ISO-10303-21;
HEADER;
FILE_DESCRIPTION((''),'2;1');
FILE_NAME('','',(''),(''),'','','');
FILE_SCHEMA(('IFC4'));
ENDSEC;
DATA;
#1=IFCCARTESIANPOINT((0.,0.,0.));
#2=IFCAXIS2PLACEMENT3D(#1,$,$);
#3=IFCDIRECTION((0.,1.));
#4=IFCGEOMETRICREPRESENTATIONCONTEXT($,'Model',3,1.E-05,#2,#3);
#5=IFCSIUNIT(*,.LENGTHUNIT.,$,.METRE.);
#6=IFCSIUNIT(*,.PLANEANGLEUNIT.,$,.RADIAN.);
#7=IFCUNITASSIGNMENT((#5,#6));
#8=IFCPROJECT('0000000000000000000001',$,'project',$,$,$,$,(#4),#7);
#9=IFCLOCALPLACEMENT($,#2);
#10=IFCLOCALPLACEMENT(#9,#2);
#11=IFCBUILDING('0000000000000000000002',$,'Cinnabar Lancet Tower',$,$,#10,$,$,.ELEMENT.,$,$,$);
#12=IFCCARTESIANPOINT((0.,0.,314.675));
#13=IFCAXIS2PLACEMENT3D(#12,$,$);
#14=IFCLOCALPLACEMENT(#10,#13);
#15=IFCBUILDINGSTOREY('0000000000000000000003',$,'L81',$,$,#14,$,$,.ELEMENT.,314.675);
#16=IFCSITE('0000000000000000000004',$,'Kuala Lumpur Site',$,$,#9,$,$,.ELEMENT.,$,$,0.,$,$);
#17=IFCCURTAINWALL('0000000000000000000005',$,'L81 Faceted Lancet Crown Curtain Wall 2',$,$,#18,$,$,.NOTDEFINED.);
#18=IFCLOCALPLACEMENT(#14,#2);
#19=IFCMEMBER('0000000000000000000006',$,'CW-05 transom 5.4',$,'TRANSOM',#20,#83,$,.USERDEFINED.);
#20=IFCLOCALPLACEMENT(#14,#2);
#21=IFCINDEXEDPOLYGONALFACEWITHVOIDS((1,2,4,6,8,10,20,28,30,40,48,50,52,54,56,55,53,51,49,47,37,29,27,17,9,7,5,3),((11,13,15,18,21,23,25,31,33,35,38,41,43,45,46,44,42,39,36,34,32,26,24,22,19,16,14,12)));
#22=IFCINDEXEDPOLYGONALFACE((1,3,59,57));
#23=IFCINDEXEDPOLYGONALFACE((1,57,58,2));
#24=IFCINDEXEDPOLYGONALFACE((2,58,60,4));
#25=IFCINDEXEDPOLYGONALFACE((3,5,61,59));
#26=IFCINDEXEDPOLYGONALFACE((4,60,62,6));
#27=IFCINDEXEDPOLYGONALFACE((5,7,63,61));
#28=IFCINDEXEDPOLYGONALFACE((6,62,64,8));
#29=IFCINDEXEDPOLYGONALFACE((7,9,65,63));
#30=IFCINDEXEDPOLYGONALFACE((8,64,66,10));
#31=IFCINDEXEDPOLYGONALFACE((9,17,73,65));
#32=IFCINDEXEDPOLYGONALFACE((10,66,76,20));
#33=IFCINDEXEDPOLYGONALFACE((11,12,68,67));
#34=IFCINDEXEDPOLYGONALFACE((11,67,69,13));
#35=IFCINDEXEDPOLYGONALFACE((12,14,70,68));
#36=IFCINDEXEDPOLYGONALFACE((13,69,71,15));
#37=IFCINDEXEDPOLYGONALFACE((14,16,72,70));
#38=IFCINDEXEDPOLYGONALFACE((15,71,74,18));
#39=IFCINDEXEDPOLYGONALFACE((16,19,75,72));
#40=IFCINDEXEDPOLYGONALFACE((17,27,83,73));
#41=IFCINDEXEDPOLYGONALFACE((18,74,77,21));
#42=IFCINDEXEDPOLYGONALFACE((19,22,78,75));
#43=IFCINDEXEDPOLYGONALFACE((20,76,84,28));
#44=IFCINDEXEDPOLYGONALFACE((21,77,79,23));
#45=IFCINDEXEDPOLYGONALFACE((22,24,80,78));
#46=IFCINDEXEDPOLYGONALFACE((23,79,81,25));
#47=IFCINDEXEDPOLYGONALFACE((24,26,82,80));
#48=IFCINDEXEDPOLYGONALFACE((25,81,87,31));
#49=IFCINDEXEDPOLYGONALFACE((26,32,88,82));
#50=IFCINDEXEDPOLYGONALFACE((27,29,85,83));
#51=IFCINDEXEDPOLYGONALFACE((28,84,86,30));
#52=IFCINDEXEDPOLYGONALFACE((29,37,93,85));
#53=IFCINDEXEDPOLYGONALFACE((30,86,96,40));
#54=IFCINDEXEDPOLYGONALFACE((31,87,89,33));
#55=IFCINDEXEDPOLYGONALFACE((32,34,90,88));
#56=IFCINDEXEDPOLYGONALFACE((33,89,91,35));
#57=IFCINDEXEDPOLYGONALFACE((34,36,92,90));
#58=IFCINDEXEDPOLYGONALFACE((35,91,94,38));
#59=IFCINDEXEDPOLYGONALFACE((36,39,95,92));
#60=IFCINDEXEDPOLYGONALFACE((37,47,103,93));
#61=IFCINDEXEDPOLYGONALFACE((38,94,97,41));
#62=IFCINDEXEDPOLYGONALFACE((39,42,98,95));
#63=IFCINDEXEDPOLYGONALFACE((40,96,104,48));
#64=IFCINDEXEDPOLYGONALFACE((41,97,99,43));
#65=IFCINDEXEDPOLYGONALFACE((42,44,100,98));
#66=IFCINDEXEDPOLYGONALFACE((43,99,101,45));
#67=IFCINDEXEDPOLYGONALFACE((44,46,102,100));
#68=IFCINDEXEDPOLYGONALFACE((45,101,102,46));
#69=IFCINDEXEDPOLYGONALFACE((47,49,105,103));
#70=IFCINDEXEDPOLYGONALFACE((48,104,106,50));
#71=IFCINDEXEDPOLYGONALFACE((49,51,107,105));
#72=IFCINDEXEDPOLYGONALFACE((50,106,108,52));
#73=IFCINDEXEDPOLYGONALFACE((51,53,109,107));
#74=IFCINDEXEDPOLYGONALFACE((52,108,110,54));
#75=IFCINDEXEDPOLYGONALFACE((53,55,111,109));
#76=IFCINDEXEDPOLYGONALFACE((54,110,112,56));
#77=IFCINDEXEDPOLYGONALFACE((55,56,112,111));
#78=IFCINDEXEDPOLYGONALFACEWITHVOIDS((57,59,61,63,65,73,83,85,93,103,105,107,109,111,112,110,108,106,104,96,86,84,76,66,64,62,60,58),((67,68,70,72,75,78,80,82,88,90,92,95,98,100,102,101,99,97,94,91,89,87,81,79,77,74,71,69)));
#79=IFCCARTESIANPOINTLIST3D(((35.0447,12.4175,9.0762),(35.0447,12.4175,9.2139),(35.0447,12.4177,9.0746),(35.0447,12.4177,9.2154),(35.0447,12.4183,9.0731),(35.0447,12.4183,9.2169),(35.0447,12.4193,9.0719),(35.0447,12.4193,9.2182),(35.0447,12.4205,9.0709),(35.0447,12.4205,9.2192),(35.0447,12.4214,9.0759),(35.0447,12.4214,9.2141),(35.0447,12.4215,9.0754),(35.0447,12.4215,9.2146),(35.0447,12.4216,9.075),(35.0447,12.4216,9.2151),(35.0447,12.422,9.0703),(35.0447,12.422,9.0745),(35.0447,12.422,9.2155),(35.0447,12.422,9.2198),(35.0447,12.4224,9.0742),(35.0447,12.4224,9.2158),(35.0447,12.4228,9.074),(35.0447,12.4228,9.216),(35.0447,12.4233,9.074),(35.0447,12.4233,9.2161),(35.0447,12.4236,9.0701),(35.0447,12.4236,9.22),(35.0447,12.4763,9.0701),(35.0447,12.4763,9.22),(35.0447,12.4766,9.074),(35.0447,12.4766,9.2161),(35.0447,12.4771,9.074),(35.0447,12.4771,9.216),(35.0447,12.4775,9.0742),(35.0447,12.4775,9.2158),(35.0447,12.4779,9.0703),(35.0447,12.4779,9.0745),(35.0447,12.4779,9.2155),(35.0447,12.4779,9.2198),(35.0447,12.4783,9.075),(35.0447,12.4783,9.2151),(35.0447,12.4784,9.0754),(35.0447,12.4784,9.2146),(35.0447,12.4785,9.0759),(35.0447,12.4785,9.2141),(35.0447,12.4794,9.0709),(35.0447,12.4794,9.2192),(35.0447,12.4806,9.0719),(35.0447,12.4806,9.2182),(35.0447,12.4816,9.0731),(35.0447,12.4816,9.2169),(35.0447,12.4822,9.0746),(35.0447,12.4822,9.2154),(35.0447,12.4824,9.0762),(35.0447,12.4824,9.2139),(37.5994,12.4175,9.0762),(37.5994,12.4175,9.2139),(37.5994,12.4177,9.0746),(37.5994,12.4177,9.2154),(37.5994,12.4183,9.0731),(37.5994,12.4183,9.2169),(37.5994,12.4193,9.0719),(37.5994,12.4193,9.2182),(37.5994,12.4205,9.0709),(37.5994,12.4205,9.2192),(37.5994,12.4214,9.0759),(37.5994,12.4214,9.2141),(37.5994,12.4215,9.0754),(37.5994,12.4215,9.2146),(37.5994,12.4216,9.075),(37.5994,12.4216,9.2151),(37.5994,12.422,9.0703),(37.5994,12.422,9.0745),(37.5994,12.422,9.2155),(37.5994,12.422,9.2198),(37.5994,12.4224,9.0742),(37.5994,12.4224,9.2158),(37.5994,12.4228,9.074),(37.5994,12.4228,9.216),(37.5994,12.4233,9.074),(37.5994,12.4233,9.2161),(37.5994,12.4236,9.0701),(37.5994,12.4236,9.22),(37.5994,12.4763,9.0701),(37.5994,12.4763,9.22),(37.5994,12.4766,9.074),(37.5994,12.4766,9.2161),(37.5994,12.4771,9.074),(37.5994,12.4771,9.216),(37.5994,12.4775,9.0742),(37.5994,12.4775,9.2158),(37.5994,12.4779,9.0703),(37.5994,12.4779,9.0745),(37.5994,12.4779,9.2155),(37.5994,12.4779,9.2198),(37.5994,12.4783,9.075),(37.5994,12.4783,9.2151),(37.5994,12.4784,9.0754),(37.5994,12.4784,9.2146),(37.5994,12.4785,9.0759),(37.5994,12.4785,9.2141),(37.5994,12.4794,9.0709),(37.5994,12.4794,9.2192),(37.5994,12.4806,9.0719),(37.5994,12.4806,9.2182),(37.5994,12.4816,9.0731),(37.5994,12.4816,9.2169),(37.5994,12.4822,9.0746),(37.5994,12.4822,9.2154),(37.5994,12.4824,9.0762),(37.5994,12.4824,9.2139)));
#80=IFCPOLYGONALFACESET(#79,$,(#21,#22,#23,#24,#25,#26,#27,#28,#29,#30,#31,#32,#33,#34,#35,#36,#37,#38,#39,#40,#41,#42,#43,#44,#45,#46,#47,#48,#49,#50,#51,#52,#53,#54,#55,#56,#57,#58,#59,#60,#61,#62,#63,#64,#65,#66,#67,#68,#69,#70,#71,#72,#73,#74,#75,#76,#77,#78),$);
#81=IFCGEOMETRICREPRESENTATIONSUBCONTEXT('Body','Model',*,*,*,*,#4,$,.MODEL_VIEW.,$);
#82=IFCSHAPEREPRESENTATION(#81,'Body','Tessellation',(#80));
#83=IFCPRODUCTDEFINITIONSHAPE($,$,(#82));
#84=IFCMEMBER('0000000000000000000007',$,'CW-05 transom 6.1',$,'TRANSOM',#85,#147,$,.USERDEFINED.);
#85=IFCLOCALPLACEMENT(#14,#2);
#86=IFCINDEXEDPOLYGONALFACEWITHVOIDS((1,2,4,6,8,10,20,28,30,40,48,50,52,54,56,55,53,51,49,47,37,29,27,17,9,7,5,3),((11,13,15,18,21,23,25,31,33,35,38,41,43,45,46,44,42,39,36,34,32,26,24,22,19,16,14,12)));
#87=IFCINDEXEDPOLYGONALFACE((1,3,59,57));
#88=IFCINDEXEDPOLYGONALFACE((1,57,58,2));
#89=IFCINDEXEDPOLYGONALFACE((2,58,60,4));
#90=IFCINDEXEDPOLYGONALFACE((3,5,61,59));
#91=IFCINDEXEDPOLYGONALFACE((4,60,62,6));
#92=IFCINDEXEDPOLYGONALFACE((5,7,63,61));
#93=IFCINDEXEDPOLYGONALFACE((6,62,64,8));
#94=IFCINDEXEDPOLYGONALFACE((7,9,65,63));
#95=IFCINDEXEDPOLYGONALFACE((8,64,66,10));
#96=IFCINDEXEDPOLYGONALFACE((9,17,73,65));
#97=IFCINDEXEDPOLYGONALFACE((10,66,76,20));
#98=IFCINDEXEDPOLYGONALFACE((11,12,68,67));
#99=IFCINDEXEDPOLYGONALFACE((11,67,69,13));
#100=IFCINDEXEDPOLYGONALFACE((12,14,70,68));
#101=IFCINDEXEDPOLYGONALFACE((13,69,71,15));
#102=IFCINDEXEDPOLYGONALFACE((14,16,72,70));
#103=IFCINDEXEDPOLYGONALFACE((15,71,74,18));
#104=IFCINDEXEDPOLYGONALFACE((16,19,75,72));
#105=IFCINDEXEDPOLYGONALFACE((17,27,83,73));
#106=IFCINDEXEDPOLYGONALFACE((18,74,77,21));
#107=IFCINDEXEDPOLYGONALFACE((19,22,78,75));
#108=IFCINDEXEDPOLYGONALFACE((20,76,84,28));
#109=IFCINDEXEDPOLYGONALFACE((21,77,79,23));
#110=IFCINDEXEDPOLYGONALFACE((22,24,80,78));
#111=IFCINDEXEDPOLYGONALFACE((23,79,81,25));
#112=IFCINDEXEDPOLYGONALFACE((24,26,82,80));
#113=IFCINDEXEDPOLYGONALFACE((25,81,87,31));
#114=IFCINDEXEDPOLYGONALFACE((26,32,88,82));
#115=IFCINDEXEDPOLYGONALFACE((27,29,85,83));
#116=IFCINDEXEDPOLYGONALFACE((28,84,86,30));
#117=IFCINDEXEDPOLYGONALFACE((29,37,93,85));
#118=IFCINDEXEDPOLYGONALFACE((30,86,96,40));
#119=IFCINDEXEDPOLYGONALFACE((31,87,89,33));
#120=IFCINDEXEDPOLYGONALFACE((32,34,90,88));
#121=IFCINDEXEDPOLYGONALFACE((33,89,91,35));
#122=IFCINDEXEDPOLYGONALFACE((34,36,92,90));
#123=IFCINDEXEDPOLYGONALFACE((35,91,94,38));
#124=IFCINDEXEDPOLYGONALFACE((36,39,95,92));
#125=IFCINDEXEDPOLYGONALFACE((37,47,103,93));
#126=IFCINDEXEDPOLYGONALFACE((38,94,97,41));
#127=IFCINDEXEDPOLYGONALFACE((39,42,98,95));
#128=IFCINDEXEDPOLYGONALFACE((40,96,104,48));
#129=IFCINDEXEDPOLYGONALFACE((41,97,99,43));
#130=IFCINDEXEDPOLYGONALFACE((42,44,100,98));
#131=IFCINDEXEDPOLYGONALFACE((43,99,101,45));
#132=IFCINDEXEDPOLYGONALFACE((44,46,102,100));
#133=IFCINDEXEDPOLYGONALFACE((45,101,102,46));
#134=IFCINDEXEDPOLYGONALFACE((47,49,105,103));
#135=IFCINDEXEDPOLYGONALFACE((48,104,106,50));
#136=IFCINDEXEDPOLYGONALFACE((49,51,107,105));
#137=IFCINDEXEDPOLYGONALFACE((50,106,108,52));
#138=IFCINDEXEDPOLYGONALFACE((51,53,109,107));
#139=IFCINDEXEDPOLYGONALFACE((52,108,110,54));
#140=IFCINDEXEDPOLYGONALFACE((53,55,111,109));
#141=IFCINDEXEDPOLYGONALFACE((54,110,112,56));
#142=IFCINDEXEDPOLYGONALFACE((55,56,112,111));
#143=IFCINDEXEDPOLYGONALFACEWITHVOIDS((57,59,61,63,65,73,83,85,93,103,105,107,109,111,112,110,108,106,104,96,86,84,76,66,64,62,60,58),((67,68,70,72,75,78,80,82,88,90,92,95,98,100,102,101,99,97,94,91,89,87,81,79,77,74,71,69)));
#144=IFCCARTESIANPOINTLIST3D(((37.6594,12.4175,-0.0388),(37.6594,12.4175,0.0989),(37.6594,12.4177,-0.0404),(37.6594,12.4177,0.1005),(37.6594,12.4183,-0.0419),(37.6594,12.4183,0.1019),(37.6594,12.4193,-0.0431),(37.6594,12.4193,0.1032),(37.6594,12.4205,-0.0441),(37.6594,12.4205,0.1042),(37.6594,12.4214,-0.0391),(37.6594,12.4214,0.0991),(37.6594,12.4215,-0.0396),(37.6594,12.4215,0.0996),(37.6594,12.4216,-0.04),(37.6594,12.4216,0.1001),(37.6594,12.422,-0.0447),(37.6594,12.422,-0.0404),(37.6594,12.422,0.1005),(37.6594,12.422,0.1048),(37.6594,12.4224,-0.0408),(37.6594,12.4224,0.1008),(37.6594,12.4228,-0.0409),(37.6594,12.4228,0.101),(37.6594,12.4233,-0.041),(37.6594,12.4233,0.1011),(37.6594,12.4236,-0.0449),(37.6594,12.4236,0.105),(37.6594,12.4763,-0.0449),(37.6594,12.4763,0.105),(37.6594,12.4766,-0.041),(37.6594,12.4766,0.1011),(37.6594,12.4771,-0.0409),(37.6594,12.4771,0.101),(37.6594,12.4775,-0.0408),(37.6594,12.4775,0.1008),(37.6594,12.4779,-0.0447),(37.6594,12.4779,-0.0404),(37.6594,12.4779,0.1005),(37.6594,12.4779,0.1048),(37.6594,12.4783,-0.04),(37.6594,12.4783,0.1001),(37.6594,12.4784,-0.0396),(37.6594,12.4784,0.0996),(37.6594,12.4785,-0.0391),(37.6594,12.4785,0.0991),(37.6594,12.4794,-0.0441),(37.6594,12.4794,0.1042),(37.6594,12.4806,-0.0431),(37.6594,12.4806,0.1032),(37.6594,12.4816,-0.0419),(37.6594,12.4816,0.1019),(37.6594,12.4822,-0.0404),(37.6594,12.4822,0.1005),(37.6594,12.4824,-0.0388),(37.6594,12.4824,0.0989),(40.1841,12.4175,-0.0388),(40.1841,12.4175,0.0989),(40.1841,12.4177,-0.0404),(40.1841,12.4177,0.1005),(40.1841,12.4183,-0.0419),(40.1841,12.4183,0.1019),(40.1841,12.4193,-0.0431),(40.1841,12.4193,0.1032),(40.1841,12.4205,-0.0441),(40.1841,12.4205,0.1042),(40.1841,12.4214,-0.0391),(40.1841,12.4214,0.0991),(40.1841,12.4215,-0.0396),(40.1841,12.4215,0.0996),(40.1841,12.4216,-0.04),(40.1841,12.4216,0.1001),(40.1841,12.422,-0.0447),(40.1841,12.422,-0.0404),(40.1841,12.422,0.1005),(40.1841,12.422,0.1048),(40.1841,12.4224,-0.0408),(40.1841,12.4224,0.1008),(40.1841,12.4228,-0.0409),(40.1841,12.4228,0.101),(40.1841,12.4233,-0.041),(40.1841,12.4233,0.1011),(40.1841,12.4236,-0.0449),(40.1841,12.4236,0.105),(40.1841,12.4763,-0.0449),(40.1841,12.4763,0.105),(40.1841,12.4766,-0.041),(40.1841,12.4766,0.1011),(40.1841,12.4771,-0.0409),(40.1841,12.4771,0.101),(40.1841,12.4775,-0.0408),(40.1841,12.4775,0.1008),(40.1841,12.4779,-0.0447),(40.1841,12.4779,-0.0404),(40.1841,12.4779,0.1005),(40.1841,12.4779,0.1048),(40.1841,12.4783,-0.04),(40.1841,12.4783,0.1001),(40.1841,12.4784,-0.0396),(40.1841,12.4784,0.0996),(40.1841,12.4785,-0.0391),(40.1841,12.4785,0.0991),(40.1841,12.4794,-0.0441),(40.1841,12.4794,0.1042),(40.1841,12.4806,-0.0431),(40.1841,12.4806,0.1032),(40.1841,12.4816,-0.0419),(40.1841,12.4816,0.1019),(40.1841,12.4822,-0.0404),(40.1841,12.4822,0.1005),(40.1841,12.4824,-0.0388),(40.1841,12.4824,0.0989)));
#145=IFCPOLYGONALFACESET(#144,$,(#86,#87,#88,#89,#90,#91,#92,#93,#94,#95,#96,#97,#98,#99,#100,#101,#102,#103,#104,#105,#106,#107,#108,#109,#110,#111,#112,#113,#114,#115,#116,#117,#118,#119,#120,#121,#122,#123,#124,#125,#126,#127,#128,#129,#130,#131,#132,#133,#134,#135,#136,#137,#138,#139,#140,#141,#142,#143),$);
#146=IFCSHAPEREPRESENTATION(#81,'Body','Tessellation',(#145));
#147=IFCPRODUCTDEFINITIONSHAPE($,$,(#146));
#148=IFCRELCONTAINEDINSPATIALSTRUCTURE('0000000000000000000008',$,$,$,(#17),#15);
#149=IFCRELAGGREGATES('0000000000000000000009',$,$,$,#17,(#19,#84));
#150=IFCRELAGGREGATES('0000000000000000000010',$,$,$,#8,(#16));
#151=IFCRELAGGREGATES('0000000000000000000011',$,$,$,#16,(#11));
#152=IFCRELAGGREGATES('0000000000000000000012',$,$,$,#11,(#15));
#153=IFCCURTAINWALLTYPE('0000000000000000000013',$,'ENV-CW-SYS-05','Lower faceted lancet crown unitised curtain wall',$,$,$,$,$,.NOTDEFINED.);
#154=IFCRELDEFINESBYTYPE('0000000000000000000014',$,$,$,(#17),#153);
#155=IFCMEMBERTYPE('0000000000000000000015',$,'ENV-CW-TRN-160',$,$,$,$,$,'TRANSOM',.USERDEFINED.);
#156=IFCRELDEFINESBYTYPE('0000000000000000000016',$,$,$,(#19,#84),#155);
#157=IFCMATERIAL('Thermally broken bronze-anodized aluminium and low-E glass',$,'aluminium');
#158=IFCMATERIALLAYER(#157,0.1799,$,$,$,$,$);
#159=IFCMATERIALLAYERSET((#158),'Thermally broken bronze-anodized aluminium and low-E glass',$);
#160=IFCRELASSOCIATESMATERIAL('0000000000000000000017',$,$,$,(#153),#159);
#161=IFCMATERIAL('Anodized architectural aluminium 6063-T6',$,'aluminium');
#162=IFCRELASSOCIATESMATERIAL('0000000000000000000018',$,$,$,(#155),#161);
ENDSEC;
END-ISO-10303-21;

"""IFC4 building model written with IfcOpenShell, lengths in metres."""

from ifc_helpers import new_model, si_unit, direction, frame, origin, origin_2d, place, context, subcontext, project, spatial, hollow_rectangle, extrude, material, layer, layer_set, material_profile, profile_set, type_object, element, aggregate, save


model = new_model("IFC4")

# Units and contexts
model_context = context("Model", 3, precision=1e-05, world=origin(), true_north=direction((0.0, 1.0)))
body_context = subcontext(model_context, "Body", "Model", "MODEL_VIEW")
ifc_project = project(units=[si_unit("LENGTHUNIT", "METRE"), si_unit("PLANEANGLEUNIT", "RADIAN")], contexts=[model_context])

# Site, building, storey
site_placement = place(None, origin())
site = spatial("IfcSite", under=ifc_project, at=site_placement, Name="Kuala Lumpur Site", CompositionType="ELEMENT", RefElevation=0.0)
building_placement = place(site_placement, origin())
building = spatial("IfcBuilding", under=site, at=building_placement, Name="Cinnabar Lancet Tower", CompositionType="ELEMENT")
storey_placement = place(building_placement, frame((0.0, 0.0, 314.675)))
storey = spatial("IfcBuildingStorey", under=building, at=storey_placement, Name="L81", CompositionType="ELEMENT", Elevation=314.675)

# Curtain wall
ifc_material_1 = material(Name="Thermally broken bronze-anodized aluminium and low-E glass", Category="aluminium")
ifc_layer_1 = layer(ifc_material_1, 0.1799)
ifc_layer_set_1 = layer_set([ifc_layer_1], Name="Thermally broken bronze-anodized aluminium and low-E glass")
curtain_wall_type = type_object("IfcCurtainWallType", Name="ENV-CW-SYS-05", Description="Lower faceted lancet crown unitised curtain wall", PredefinedType="NOTDEFINED", material=ifc_layer_set_1)
curtain_wall_1_placement = place(storey_placement, origin())
curtain_wall_1 = element("IfcCurtainWall", 1, at=curtain_wall_1_placement, inside=storey, type_object=curtain_wall_type, Name="L81 Faceted Lancet Crown Curtain Wall 2", PredefinedType="NOTDEFINED")

# Members
ifc_material_2 = material(Name="Anodized architectural aluminium 6063-T6", Category="aluminium")
ifc_material_profile_1 = material_profile(ifc_material_2, hollow_rectangle(XDim=0.0649, YDim=0.1499, WallThickness=0.0039, InnerFilletRadius=0.002, OuterFilletRadius=0.0061, at=origin_2d()), Name="CW-TRN 150x65x4")
ifc_profile_set_1 = profile_set([ifc_material_profile_1], Name="Anodized architectural aluminium 6063-T6")
member_type_1 = type_object("IfcMemberType", Name="ENV-CW-TRN-160", ElementType="TRANSOM", PredefinedType="USERDEFINED", material=ifc_profile_set_1)
member_1_placement = place(storey_placement, frame((35.0447, 12.45, 9.145), z_axis=(1.0, 0.0, 0.0), x_axis=(0.0, 1.0, 0.0)))
member_1 = element("IfcMember", 2, at=member_1_placement, type_object=member_type_1, Name="CW-05 transom 5.4", ObjectType="TRANSOM", PredefinedType="USERDEFINED", context=body_context, shape_type="SweptSolid", body=[
    extrude(hollow_rectangle(XDim=0.0649, YDim=0.1499, WallThickness=0.0039, InnerFilletRadius=0.002, OuterFilletRadius=0.0061, at=origin_2d()), origin(), (0.0, 0.0, 1.0), 2.5547),
])
member_2_placement = place(storey_placement, frame((37.6594, 12.45, 0.03), z_axis=(1.0, 0.0, 0.0), x_axis=(0.0, 1.0, 0.0)))
member_2 = element("IfcMember", 3, at=member_2_placement, type_object=member_type_1, Name="CW-05 transom 6.1", ObjectType="TRANSOM", PredefinedType="USERDEFINED", context=body_context, shape_type="SweptSolid", body=[
    extrude(hollow_rectangle(XDim=0.0649, YDim=0.1499, WallThickness=0.0039, InnerFilletRadius=0.002, OuterFilletRadius=0.0061, at=origin_2d()), origin(), (0.0, 0.0, 1.0), 2.5247),
])

aggregate(curtain_wall_1, [member_1, member_2])

save(model, "model.ifc")
